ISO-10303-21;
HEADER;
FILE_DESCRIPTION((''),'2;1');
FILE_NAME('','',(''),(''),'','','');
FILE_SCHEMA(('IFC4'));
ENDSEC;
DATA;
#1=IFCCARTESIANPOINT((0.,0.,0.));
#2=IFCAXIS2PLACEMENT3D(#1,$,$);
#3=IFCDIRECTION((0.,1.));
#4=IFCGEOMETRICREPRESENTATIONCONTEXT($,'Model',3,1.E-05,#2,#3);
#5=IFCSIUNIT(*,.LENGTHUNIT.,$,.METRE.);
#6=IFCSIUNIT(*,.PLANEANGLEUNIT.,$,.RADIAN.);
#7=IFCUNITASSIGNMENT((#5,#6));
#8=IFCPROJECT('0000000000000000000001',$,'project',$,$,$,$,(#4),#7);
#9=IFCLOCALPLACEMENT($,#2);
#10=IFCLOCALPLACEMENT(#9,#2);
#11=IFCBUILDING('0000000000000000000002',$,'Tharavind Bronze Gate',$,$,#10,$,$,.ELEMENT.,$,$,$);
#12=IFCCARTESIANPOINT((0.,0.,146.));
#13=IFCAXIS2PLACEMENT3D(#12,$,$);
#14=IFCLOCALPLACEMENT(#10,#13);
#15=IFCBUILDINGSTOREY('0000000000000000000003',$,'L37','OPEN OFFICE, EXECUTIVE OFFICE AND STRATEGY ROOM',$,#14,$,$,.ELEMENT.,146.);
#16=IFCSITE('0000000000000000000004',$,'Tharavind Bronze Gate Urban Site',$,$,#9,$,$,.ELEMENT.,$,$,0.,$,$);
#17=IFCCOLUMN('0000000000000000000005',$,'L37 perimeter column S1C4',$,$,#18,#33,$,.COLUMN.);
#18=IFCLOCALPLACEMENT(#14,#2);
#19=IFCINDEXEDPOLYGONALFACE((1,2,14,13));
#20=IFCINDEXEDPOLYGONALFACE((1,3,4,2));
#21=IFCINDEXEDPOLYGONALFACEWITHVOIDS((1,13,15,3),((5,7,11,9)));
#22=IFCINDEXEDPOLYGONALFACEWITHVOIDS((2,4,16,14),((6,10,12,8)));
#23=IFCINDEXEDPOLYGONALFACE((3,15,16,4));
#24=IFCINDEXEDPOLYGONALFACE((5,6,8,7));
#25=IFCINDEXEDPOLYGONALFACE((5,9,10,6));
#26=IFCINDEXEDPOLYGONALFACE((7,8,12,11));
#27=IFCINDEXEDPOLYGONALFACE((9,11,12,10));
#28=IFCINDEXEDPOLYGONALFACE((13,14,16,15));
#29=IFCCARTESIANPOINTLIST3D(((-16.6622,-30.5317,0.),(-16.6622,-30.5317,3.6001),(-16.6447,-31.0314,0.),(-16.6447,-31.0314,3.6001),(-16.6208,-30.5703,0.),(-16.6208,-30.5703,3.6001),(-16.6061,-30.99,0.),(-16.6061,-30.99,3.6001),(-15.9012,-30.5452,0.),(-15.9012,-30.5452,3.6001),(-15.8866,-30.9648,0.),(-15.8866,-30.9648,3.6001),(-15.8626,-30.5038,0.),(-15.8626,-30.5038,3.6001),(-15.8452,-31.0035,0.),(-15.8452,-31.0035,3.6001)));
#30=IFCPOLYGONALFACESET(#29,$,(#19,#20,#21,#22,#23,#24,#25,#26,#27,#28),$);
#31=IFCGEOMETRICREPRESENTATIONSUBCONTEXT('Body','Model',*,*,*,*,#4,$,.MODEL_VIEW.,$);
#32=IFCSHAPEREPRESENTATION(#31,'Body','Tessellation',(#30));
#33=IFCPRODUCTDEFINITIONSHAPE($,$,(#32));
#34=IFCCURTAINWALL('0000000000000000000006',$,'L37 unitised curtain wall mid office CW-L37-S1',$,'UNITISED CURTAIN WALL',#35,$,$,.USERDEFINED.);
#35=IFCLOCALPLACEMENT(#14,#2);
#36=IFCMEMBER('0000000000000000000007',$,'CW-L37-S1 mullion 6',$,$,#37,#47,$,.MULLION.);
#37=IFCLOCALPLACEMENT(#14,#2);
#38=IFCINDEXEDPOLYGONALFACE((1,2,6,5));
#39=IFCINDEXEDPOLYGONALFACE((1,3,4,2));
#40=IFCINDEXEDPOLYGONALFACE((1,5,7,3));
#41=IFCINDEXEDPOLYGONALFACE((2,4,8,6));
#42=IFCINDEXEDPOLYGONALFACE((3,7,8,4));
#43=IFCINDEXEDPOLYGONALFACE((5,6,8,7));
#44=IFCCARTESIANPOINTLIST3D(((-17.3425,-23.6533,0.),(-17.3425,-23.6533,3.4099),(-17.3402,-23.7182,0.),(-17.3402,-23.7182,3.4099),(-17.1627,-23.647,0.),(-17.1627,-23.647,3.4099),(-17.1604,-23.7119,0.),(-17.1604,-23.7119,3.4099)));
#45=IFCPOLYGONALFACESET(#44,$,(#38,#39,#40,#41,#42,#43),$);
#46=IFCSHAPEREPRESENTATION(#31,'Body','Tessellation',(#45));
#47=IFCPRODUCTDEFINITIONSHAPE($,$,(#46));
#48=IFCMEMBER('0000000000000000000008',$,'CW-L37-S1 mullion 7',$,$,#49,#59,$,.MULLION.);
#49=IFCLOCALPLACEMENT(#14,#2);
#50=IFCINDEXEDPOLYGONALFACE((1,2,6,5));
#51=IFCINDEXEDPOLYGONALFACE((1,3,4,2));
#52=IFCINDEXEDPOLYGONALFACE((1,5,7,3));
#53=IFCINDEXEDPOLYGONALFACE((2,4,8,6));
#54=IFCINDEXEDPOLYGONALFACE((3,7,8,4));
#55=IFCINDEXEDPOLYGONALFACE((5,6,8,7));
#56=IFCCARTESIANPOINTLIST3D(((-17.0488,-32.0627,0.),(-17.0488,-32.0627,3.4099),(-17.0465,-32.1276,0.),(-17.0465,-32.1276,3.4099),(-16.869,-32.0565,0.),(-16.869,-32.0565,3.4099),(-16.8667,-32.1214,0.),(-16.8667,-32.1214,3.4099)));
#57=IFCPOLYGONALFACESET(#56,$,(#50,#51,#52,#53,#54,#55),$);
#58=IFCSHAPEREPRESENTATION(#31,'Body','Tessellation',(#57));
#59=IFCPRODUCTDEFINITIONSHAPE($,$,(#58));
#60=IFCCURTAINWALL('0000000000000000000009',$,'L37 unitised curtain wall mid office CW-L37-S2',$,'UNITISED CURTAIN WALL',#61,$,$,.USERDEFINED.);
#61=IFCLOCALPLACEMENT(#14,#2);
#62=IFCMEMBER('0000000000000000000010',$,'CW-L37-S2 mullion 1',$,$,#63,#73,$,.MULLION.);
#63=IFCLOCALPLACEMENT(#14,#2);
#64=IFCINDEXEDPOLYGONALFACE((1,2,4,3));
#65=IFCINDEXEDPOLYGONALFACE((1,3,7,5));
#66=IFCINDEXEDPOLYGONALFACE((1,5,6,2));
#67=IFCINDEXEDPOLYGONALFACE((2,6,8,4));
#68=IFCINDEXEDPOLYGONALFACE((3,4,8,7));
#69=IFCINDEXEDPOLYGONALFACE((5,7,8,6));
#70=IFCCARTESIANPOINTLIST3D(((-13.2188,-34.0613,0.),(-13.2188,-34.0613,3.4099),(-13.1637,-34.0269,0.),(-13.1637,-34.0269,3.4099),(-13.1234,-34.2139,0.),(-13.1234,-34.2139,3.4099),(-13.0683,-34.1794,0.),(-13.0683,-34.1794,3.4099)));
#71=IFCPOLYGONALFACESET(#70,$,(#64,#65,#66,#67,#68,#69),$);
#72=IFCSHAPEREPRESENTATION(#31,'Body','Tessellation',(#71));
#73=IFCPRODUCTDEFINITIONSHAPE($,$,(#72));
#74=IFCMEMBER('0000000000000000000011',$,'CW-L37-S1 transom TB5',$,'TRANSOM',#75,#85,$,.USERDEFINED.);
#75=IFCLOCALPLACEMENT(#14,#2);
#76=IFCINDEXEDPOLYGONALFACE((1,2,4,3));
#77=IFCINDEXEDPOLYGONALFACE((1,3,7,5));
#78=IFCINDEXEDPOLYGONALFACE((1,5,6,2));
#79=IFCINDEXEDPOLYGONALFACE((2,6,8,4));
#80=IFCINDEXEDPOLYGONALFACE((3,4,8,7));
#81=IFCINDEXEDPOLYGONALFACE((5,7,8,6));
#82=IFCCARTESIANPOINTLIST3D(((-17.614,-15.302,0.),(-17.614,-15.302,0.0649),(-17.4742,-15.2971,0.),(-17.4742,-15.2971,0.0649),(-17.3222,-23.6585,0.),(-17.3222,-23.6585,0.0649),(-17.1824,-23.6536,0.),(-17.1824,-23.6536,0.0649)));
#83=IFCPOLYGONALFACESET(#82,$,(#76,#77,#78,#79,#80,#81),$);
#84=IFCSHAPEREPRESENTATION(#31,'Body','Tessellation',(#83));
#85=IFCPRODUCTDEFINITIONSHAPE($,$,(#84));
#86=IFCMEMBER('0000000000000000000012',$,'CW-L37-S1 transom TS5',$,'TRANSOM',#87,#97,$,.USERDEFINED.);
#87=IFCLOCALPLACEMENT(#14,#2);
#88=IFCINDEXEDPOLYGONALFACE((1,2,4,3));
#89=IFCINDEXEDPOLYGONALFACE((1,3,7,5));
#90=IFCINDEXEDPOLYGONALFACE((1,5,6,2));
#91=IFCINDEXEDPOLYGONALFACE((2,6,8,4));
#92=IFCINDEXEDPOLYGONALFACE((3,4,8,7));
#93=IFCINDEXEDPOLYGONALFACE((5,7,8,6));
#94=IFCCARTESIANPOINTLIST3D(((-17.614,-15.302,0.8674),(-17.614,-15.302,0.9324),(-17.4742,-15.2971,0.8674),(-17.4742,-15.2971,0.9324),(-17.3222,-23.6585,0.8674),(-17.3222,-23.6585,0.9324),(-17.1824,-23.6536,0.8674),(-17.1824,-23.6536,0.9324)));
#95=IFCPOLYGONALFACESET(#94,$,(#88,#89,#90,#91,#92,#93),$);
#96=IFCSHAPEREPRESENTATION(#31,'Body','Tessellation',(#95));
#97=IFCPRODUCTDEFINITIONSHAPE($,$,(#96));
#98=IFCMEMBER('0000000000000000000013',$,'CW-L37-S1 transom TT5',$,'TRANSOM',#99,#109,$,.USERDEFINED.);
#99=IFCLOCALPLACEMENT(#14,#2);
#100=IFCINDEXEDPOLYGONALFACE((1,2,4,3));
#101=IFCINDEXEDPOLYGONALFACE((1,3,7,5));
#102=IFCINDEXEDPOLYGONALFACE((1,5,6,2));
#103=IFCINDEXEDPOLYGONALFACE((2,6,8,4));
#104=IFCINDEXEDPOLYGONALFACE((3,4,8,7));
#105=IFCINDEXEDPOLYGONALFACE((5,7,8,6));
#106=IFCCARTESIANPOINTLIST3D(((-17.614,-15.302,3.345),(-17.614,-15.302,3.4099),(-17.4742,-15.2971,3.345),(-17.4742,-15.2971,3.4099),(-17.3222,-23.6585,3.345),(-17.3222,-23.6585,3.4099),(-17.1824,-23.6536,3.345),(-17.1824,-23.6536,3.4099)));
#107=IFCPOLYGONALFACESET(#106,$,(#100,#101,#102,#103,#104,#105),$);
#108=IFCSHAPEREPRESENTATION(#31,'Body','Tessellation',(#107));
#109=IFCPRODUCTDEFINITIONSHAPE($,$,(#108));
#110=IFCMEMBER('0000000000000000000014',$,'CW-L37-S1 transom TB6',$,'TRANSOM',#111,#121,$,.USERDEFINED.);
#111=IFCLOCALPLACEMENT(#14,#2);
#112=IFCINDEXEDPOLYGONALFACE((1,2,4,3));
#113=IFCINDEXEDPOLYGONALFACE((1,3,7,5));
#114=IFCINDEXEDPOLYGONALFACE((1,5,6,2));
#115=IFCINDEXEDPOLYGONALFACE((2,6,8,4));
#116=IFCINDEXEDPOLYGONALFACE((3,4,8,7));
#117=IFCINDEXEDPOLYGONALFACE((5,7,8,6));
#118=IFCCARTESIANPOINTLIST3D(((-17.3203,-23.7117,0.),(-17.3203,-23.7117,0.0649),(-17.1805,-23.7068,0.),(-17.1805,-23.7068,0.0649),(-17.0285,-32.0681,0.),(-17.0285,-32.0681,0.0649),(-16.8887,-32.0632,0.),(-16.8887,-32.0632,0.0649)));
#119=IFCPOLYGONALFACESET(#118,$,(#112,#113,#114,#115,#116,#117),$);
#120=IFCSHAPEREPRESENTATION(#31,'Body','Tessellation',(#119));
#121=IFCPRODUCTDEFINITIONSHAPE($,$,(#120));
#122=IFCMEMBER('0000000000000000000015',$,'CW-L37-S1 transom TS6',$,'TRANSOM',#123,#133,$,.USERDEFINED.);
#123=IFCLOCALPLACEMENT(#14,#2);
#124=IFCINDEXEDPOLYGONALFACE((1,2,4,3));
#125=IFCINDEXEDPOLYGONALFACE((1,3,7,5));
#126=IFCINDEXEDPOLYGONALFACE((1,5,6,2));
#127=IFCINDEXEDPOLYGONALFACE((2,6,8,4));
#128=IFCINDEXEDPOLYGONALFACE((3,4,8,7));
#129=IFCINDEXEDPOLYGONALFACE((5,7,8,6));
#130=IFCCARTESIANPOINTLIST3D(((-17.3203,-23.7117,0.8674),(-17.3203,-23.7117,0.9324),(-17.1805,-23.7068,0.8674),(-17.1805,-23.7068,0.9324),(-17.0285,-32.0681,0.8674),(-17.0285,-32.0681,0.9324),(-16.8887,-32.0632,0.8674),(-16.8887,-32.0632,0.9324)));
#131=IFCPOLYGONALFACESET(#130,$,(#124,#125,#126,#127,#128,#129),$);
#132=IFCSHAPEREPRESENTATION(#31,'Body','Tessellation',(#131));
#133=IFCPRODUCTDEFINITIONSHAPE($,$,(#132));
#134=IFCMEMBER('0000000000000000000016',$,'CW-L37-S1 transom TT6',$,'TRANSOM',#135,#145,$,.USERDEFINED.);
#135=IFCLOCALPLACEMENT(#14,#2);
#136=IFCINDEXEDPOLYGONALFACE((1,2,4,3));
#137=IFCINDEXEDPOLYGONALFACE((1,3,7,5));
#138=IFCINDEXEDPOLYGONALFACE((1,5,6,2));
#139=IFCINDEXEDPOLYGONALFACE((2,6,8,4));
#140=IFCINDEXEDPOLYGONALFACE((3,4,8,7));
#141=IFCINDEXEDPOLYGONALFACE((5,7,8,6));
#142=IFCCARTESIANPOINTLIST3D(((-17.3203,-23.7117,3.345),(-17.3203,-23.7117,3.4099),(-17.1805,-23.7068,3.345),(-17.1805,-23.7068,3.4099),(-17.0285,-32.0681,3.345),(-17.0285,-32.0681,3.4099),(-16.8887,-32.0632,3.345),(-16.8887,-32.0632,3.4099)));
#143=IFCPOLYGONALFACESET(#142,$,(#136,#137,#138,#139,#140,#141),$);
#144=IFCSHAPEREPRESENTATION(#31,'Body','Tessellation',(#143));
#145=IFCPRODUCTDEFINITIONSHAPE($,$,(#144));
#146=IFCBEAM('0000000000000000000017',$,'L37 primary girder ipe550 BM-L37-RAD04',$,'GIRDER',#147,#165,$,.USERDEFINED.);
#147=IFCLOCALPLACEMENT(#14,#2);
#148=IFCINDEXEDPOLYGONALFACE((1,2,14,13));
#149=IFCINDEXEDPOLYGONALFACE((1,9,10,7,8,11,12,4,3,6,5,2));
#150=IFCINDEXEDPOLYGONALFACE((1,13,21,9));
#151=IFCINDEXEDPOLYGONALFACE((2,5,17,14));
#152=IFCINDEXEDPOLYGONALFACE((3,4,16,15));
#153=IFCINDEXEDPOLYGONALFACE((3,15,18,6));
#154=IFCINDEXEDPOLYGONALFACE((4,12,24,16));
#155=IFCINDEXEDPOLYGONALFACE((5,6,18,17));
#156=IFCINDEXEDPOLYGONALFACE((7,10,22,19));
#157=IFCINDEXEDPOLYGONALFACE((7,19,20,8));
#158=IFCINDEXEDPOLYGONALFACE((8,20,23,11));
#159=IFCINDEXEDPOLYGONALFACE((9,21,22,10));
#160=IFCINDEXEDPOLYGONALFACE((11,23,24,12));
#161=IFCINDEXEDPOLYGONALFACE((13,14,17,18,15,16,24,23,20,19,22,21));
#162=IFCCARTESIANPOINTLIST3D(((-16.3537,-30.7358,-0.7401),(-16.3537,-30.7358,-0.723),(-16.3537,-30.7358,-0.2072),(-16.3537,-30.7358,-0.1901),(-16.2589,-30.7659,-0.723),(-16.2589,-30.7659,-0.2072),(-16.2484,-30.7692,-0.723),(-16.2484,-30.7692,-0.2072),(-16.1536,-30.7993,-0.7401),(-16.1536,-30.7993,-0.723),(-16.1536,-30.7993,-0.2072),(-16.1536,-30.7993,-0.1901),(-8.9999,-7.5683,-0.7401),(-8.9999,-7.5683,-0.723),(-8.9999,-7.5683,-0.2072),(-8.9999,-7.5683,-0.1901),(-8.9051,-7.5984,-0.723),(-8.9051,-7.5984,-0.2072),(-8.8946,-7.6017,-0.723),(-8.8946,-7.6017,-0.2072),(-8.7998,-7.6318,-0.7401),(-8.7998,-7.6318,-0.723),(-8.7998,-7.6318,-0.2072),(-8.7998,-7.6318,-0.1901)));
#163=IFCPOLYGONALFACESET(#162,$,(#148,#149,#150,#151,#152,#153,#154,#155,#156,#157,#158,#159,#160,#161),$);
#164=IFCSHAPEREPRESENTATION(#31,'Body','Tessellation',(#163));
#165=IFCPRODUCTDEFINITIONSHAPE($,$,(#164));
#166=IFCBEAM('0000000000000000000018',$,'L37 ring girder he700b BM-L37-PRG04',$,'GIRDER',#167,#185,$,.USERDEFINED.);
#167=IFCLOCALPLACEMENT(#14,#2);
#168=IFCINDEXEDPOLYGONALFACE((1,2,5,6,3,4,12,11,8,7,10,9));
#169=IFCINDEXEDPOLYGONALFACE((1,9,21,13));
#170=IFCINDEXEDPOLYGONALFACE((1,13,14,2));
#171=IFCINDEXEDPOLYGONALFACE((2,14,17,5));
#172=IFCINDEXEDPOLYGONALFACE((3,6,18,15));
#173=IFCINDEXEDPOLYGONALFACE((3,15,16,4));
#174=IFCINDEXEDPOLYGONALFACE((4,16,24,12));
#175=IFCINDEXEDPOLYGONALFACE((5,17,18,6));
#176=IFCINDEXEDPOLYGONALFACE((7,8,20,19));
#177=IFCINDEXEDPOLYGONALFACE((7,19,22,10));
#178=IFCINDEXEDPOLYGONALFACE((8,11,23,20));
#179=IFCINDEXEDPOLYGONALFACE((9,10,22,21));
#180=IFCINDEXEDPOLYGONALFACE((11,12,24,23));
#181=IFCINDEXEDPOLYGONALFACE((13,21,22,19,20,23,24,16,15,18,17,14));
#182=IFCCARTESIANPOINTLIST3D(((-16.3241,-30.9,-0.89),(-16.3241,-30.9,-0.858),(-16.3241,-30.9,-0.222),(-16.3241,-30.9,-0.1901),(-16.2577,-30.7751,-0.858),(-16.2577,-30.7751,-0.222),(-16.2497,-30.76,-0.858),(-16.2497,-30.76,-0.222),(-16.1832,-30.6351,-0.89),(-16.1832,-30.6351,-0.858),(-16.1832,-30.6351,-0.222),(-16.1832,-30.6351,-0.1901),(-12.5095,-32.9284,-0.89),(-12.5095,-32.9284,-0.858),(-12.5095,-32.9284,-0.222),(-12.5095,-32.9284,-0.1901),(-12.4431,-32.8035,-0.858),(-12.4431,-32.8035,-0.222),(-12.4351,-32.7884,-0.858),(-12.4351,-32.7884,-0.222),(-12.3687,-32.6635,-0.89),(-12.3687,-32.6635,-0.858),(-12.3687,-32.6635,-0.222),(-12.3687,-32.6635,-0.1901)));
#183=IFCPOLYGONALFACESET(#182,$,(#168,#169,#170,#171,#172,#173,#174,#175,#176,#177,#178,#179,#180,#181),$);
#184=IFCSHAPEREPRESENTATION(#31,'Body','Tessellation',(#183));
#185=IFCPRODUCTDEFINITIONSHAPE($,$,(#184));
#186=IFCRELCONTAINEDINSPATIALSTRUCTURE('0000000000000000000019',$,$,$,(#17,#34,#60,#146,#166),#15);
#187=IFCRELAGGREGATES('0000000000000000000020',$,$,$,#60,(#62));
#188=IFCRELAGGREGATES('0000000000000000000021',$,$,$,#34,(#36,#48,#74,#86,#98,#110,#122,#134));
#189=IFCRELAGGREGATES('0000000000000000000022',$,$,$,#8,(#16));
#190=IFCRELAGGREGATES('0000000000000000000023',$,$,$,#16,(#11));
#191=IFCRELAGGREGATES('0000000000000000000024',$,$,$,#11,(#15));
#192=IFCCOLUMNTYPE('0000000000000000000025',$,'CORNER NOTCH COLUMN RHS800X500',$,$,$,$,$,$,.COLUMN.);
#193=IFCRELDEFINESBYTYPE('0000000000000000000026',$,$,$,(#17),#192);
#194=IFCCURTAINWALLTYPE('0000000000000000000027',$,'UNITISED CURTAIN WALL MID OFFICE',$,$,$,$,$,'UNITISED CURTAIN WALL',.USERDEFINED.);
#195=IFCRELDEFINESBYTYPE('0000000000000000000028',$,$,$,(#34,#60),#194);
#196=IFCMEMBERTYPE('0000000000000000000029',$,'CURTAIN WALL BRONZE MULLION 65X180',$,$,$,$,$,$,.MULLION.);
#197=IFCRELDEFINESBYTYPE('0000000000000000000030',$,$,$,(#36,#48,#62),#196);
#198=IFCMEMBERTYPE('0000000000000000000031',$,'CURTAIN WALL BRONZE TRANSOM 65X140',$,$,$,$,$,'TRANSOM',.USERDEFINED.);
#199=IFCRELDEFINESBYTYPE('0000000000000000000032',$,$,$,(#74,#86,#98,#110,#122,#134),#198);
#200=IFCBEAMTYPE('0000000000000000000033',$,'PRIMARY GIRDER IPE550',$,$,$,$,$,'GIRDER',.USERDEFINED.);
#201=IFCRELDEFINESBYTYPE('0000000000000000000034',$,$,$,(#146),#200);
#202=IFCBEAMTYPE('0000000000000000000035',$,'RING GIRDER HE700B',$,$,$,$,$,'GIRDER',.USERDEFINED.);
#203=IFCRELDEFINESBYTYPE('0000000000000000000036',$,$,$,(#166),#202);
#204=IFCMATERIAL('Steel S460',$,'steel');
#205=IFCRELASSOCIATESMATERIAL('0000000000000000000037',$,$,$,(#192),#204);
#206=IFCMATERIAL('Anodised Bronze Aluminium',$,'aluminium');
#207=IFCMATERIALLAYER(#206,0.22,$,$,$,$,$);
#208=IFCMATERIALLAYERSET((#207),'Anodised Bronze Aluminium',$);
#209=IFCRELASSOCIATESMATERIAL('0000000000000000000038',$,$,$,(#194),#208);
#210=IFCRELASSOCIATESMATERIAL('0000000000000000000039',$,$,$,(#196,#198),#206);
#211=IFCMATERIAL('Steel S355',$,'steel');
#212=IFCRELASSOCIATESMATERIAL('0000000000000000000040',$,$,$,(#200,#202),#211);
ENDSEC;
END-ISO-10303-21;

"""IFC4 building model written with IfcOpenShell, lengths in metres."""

from ifc_helpers import new_model, si_unit, direction, frame, origin, origin_2d, place, context, subcontext, project, spatial, rectangle, hollow_rectangle, i_section, extrude, material, layer, layer_set, material_profile, profile_set, type_object, element, aggregate, save


model = new_model("IFC4")

# Units and contexts
model_context = context("Model", 3, precision=1e-05, world=origin(), true_north=direction((0.0, 1.0)))
body_context = subcontext(model_context, "Body", "Model", "MODEL_VIEW")
ifc_project = project(units=[si_unit("LENGTHUNIT", "METRE"), si_unit("PLANEANGLEUNIT", "RADIAN")], contexts=[model_context])

# Site, building, storey
site_placement = place(None, origin())
site = spatial("IfcSite", under=ifc_project, at=site_placement, Name="Tharavind Bronze Gate Urban Site", CompositionType="ELEMENT", RefElevation=0.0)
building_placement = place(site_placement, origin())
building = spatial("IfcBuilding", under=site, at=building_placement, Name="Tharavind Bronze Gate", CompositionType="ELEMENT")
storey_placement = place(building_placement, frame((0.0, 0.0, 146.0)))
storey = spatial("IfcBuildingStorey", under=building, at=storey_placement, Name="L37", Description="OPEN OFFICE, EXECUTIVE OFFICE AND STRATEGY ROOM", CompositionType="ELEMENT", Elevation=146.0)

# Column
ifc_material_1 = material(Name="Steel S460", Category="steel")
ifc_material_profile_1 = material_profile(ifc_material_1, hollow_rectangle(XDim=0.5, YDim=0.8, WallThickness=0.04, at=origin_2d()), Name="RHS800X500X40")
ifc_profile_set_1 = profile_set([ifc_material_profile_1], Name="Steel S460")
column_type = type_object("IfcColumnType", Name="CORNER NOTCH COLUMN RHS800X500", PredefinedType="COLUMN", material=ifc_profile_set_1)
column_placement = place(storey_placement, frame((-16.2537, -30.7676, 0.0), z_axis=(0.0, 0.0, 1.0), x_axis=(-0.034899, 0.999391, 0.0)))
element("IfcColumn", 1, at=column_placement, inside=storey, type_object=column_type, Name="L37 perimeter column S1C4", PredefinedType="COLUMN", context=body_context, shape_type="SweptSolid", body=[
    extrude(hollow_rectangle(XDim=0.5, YDim=0.8, WallThickness=0.04, at=origin_2d()), origin(), (0.0, 0.0, 1.0), 3.6001),
])

# Curtain wall, members
ifc_material_2 = material(Name="Anodised Bronze Aluminium", Category="aluminium")
ifc_layer_1 = layer(ifc_material_2, 0.22)
ifc_layer_set_1 = layer_set([ifc_layer_1], Name="Anodised Bronze Aluminium")
curtain_wall_type = type_object("IfcCurtainWallType", Name="UNITISED CURTAIN WALL MID OFFICE", ElementType="UNITISED CURTAIN WALL", PredefinedType="USERDEFINED", material=ifc_layer_set_1)
curtain_wall_1_placement = place(storey_placement, origin())
curtain_wall_1 = element("IfcCurtainWall", 2, at=curtain_wall_1_placement, inside=storey, type_object=curtain_wall_type, Name="L37 unitised curtain wall mid office CW-L37-S1", ObjectType="UNITISED CURTAIN WALL", PredefinedType="USERDEFINED")
member_type_1 = type_object("IfcMemberType", Name="CURTAIN WALL BRONZE MULLION 65X180", PredefinedType="MULLION", material=ifc_material_2)
member_1_placement = place(storey_placement, frame((-17.2515, -23.6826, 0.0), z_axis=(0.0, 0.0, 1.0), x_axis=(0.034899, -0.999391, 0.0)))
member_1 = element("IfcMember", 3, at=member_1_placement, type_object=member_type_1, Name="CW-L37-S1 mullion 6", PredefinedType="MULLION", context=body_context, shape_type="SweptSolid", body=[
    extrude(rectangle(XDim=0.0649, YDim=0.1799, at=origin_2d()), origin(), (0.0, 0.0, 1.0), 3.4099),
])
member_2_placement = place(storey_placement, frame((-16.9578, -32.092, 0.0), z_axis=(0.0, 0.0, 1.0), x_axis=(0.034899, -0.999391, 0.0)))
member_2 = element("IfcMember", 4, at=member_2_placement, type_object=member_type_1, Name="CW-L37-S1 mullion 7", PredefinedType="MULLION", context=body_context, shape_type="SweptSolid", body=[
    extrude(rectangle(XDim=0.0649, YDim=0.1799, at=origin_2d()), origin(), (0.0, 0.0, 1.0), 3.4099),
])

# Curtain wall, member
curtain_wall_2_placement = place(storey_placement, origin())
curtain_wall_2 = element("IfcCurtainWall", 5, at=curtain_wall_2_placement, inside=storey, type_object=curtain_wall_type, Name="L37 unitised curtain wall mid office CW-L37-S2", ObjectType="UNITISED CURTAIN WALL", PredefinedType="USERDEFINED")
member_3_placement = place(storey_placement, frame((-13.1436, -34.1204, 0.0), z_axis=(0.0, 0.0, 1.0), x_axis=(0.848048, 0.529919, 0.0)))
member_3 = element("IfcMember", 6, at=member_3_placement, type_object=member_type_1, Name="CW-L37-S2 mullion 1", PredefinedType="MULLION", context=body_context, shape_type="SweptSolid", body=[
    extrude(rectangle(XDim=0.0649, YDim=0.1799, at=origin_2d()), origin(), (0.0, 0.0, 1.0), 3.4099),
])
aggregate(curtain_wall_2, [member_3])

# Members
member_type_2 = type_object("IfcMemberType", Name="CURTAIN WALL BRONZE TRANSOM 65X140", ElementType="TRANSOM", PredefinedType="USERDEFINED", material=ifc_material_2)
member_4_placement = place(storey_placement, frame((-17.3982, -19.4778, 0.0), z_axis=(0.0, 0.0, 1.0), x_axis=(0.034899, -0.999391, 0.0)))
member_4 = element("IfcMember", 7, at=member_4_placement, type_object=member_type_2, Name="CW-L37-S1 transom TB5", ObjectType="TRANSOM", PredefinedType="USERDEFINED", context=body_context, shape_type="SweptSolid", body=[
    extrude(rectangle(XDim=8.3616, YDim=0.1399, at=origin_2d()), origin(), (0.0, 0.0, 1.0), 0.0649),
])
member_5_placement = place(storey_placement, frame((-17.3982, -19.4778, 0.8674), z_axis=(0.0, 0.0, 1.0), x_axis=(0.034899, -0.999391, 0.0)))
member_5 = element("IfcMember", 8, at=member_5_placement, type_object=member_type_2, Name="CW-L37-S1 transom TS5", ObjectType="TRANSOM", PredefinedType="USERDEFINED", context=body_context, shape_type="SweptSolid", body=[
    extrude(rectangle(XDim=8.3616, YDim=0.1399, at=origin_2d()), origin(), (0.0, 0.0, 1.0), 0.0649),
])
member_6_placement = place(storey_placement, frame((-17.3982, -19.4778, 3.345), z_axis=(0.0, 0.0, 1.0), x_axis=(0.034899, -0.999391, 0.0)))
member_6 = element("IfcMember", 9, at=member_6_placement, type_object=member_type_2, Name="CW-L37-S1 transom TT5", ObjectType="TRANSOM", PredefinedType="USERDEFINED", context=body_context, shape_type="SweptSolid", body=[
    extrude(rectangle(XDim=8.3616, YDim=0.1399, at=origin_2d()), origin(), (0.0, 0.0, 1.0), 0.0649),
])
member_7_placement = place(storey_placement, frame((-17.1045, -27.8875, 0.0), z_axis=(0.0, 0.0, 1.0), x_axis=(0.034899, -0.999391, 0.0)))
member_7 = element("IfcMember", 10, at=member_7_placement, type_object=member_type_2, Name="CW-L37-S1 transom TB6", ObjectType="TRANSOM", PredefinedType="USERDEFINED", context=body_context, shape_type="SweptSolid", body=[
    extrude(rectangle(XDim=8.3616, YDim=0.1399, at=origin_2d()), origin(), (0.0, 0.0, 1.0), 0.0649),
])
member_8_placement = place(storey_placement, frame((-17.1045, -27.8875, 0.8674), z_axis=(0.0, 0.0, 1.0), x_axis=(0.034899, -0.999391, 0.0)))
member_8 = element("IfcMember", 11, at=member_8_placement, type_object=member_type_2, Name="CW-L37-S1 transom TS6", ObjectType="TRANSOM", PredefinedType="USERDEFINED", context=body_context, shape_type="SweptSolid", body=[
    extrude(rectangle(XDim=8.3616, YDim=0.1399, at=origin_2d()), origin(), (0.0, 0.0, 1.0), 0.0649),
])
member_9_placement = place(storey_placement, frame((-17.1045, -27.8875, 3.345), z_axis=(0.0, 0.0, 1.0), x_axis=(0.034899, -0.999391, 0.0)))
member_9 = element("IfcMember", 12, at=member_9_placement, type_object=member_type_2, Name="CW-L37-S1 transom TT6", ObjectType="TRANSOM", PredefinedType="USERDEFINED", context=body_context, shape_type="SweptSolid", body=[
    extrude(rectangle(XDim=8.3616, YDim=0.1399, at=origin_2d()), origin(), (0.0, 0.0, 1.0), 0.0649),
])

# Beams
ifc_material_3 = material(Name="Steel S355", Category="steel")
ifc_material_profile_2 = material_profile(ifc_material_3, i_section(OverallWidth=0.21, OverallDepth=0.55, WebThickness=0.011, FlangeThickness=0.0171, at=origin_2d()), Name="IPE550")
ifc_profile_set_2 = profile_set([ifc_material_profile_2], Name="Steel S355")
beam_type_1 = type_object("IfcBeamType", Name="PRIMARY GIRDER IPE550", ElementType="GIRDER", PredefinedType="USERDEFINED", material=ifc_profile_set_2)
beam_1_placement = place(storey_placement, frame((-16.2537, -30.7676, -0.4651), z_axis=(0.302542, 0.953136, 0.0), x_axis=(-0.953136, 0.302542, 0.0)))
element("IfcBeam", 13, at=beam_1_placement, inside=storey, type_object=beam_type_1, Name="L37 primary girder ipe550 BM-L37-RAD04", ObjectType="GIRDER", PredefinedType="USERDEFINED", context=body_context, shape_type="SweptSolid", body=[
    extrude(i_section(OverallWidth=0.21, OverallDepth=0.55, WebThickness=0.011, FlangeThickness=0.0171, at=origin_2d()), origin(), (0.0, 0.0, 1.0), 24.3066),
])
ifc_material_profile_3 = material_profile(ifc_material_3, i_section(OverallWidth=0.3, OverallDepth=0.7, WebThickness=0.0171, FlangeThickness=0.032, at=origin_2d()), Name="HE700B")
ifc_profile_set_3 = profile_set([ifc_material_profile_3], Name="Steel S355")
beam_type_2 = type_object("IfcBeamType", Name="RING GIRDER HE700B", ElementType="GIRDER", PredefinedType="USERDEFINED", material=ifc_profile_set_3)
beam_2_placement = place(storey_placement, frame((-16.2537, -30.7676, -0.54), z_axis=(0.882934, -0.469497, 0.0), x_axis=(0.469497, 0.882934, 0.0)))
element("IfcBeam", 14, at=beam_2_placement, inside=storey, type_object=beam_type_2, Name="L37 ring girder he700b BM-L37-PRG04", ObjectType="GIRDER", PredefinedType="USERDEFINED", context=body_context, shape_type="SweptSolid", body=[
    extrude(i_section(OverallWidth=0.3, OverallDepth=0.7, WebThickness=0.0171, FlangeThickness=0.032, at=origin_2d()), origin(), (0.0, 0.0, 1.0), 4.3203),
])

aggregate(curtain_wall_1, [member_1, member_2, member_4, member_5, member_6, member_7, member_8, member_9])

save(model, "model.ifc")
